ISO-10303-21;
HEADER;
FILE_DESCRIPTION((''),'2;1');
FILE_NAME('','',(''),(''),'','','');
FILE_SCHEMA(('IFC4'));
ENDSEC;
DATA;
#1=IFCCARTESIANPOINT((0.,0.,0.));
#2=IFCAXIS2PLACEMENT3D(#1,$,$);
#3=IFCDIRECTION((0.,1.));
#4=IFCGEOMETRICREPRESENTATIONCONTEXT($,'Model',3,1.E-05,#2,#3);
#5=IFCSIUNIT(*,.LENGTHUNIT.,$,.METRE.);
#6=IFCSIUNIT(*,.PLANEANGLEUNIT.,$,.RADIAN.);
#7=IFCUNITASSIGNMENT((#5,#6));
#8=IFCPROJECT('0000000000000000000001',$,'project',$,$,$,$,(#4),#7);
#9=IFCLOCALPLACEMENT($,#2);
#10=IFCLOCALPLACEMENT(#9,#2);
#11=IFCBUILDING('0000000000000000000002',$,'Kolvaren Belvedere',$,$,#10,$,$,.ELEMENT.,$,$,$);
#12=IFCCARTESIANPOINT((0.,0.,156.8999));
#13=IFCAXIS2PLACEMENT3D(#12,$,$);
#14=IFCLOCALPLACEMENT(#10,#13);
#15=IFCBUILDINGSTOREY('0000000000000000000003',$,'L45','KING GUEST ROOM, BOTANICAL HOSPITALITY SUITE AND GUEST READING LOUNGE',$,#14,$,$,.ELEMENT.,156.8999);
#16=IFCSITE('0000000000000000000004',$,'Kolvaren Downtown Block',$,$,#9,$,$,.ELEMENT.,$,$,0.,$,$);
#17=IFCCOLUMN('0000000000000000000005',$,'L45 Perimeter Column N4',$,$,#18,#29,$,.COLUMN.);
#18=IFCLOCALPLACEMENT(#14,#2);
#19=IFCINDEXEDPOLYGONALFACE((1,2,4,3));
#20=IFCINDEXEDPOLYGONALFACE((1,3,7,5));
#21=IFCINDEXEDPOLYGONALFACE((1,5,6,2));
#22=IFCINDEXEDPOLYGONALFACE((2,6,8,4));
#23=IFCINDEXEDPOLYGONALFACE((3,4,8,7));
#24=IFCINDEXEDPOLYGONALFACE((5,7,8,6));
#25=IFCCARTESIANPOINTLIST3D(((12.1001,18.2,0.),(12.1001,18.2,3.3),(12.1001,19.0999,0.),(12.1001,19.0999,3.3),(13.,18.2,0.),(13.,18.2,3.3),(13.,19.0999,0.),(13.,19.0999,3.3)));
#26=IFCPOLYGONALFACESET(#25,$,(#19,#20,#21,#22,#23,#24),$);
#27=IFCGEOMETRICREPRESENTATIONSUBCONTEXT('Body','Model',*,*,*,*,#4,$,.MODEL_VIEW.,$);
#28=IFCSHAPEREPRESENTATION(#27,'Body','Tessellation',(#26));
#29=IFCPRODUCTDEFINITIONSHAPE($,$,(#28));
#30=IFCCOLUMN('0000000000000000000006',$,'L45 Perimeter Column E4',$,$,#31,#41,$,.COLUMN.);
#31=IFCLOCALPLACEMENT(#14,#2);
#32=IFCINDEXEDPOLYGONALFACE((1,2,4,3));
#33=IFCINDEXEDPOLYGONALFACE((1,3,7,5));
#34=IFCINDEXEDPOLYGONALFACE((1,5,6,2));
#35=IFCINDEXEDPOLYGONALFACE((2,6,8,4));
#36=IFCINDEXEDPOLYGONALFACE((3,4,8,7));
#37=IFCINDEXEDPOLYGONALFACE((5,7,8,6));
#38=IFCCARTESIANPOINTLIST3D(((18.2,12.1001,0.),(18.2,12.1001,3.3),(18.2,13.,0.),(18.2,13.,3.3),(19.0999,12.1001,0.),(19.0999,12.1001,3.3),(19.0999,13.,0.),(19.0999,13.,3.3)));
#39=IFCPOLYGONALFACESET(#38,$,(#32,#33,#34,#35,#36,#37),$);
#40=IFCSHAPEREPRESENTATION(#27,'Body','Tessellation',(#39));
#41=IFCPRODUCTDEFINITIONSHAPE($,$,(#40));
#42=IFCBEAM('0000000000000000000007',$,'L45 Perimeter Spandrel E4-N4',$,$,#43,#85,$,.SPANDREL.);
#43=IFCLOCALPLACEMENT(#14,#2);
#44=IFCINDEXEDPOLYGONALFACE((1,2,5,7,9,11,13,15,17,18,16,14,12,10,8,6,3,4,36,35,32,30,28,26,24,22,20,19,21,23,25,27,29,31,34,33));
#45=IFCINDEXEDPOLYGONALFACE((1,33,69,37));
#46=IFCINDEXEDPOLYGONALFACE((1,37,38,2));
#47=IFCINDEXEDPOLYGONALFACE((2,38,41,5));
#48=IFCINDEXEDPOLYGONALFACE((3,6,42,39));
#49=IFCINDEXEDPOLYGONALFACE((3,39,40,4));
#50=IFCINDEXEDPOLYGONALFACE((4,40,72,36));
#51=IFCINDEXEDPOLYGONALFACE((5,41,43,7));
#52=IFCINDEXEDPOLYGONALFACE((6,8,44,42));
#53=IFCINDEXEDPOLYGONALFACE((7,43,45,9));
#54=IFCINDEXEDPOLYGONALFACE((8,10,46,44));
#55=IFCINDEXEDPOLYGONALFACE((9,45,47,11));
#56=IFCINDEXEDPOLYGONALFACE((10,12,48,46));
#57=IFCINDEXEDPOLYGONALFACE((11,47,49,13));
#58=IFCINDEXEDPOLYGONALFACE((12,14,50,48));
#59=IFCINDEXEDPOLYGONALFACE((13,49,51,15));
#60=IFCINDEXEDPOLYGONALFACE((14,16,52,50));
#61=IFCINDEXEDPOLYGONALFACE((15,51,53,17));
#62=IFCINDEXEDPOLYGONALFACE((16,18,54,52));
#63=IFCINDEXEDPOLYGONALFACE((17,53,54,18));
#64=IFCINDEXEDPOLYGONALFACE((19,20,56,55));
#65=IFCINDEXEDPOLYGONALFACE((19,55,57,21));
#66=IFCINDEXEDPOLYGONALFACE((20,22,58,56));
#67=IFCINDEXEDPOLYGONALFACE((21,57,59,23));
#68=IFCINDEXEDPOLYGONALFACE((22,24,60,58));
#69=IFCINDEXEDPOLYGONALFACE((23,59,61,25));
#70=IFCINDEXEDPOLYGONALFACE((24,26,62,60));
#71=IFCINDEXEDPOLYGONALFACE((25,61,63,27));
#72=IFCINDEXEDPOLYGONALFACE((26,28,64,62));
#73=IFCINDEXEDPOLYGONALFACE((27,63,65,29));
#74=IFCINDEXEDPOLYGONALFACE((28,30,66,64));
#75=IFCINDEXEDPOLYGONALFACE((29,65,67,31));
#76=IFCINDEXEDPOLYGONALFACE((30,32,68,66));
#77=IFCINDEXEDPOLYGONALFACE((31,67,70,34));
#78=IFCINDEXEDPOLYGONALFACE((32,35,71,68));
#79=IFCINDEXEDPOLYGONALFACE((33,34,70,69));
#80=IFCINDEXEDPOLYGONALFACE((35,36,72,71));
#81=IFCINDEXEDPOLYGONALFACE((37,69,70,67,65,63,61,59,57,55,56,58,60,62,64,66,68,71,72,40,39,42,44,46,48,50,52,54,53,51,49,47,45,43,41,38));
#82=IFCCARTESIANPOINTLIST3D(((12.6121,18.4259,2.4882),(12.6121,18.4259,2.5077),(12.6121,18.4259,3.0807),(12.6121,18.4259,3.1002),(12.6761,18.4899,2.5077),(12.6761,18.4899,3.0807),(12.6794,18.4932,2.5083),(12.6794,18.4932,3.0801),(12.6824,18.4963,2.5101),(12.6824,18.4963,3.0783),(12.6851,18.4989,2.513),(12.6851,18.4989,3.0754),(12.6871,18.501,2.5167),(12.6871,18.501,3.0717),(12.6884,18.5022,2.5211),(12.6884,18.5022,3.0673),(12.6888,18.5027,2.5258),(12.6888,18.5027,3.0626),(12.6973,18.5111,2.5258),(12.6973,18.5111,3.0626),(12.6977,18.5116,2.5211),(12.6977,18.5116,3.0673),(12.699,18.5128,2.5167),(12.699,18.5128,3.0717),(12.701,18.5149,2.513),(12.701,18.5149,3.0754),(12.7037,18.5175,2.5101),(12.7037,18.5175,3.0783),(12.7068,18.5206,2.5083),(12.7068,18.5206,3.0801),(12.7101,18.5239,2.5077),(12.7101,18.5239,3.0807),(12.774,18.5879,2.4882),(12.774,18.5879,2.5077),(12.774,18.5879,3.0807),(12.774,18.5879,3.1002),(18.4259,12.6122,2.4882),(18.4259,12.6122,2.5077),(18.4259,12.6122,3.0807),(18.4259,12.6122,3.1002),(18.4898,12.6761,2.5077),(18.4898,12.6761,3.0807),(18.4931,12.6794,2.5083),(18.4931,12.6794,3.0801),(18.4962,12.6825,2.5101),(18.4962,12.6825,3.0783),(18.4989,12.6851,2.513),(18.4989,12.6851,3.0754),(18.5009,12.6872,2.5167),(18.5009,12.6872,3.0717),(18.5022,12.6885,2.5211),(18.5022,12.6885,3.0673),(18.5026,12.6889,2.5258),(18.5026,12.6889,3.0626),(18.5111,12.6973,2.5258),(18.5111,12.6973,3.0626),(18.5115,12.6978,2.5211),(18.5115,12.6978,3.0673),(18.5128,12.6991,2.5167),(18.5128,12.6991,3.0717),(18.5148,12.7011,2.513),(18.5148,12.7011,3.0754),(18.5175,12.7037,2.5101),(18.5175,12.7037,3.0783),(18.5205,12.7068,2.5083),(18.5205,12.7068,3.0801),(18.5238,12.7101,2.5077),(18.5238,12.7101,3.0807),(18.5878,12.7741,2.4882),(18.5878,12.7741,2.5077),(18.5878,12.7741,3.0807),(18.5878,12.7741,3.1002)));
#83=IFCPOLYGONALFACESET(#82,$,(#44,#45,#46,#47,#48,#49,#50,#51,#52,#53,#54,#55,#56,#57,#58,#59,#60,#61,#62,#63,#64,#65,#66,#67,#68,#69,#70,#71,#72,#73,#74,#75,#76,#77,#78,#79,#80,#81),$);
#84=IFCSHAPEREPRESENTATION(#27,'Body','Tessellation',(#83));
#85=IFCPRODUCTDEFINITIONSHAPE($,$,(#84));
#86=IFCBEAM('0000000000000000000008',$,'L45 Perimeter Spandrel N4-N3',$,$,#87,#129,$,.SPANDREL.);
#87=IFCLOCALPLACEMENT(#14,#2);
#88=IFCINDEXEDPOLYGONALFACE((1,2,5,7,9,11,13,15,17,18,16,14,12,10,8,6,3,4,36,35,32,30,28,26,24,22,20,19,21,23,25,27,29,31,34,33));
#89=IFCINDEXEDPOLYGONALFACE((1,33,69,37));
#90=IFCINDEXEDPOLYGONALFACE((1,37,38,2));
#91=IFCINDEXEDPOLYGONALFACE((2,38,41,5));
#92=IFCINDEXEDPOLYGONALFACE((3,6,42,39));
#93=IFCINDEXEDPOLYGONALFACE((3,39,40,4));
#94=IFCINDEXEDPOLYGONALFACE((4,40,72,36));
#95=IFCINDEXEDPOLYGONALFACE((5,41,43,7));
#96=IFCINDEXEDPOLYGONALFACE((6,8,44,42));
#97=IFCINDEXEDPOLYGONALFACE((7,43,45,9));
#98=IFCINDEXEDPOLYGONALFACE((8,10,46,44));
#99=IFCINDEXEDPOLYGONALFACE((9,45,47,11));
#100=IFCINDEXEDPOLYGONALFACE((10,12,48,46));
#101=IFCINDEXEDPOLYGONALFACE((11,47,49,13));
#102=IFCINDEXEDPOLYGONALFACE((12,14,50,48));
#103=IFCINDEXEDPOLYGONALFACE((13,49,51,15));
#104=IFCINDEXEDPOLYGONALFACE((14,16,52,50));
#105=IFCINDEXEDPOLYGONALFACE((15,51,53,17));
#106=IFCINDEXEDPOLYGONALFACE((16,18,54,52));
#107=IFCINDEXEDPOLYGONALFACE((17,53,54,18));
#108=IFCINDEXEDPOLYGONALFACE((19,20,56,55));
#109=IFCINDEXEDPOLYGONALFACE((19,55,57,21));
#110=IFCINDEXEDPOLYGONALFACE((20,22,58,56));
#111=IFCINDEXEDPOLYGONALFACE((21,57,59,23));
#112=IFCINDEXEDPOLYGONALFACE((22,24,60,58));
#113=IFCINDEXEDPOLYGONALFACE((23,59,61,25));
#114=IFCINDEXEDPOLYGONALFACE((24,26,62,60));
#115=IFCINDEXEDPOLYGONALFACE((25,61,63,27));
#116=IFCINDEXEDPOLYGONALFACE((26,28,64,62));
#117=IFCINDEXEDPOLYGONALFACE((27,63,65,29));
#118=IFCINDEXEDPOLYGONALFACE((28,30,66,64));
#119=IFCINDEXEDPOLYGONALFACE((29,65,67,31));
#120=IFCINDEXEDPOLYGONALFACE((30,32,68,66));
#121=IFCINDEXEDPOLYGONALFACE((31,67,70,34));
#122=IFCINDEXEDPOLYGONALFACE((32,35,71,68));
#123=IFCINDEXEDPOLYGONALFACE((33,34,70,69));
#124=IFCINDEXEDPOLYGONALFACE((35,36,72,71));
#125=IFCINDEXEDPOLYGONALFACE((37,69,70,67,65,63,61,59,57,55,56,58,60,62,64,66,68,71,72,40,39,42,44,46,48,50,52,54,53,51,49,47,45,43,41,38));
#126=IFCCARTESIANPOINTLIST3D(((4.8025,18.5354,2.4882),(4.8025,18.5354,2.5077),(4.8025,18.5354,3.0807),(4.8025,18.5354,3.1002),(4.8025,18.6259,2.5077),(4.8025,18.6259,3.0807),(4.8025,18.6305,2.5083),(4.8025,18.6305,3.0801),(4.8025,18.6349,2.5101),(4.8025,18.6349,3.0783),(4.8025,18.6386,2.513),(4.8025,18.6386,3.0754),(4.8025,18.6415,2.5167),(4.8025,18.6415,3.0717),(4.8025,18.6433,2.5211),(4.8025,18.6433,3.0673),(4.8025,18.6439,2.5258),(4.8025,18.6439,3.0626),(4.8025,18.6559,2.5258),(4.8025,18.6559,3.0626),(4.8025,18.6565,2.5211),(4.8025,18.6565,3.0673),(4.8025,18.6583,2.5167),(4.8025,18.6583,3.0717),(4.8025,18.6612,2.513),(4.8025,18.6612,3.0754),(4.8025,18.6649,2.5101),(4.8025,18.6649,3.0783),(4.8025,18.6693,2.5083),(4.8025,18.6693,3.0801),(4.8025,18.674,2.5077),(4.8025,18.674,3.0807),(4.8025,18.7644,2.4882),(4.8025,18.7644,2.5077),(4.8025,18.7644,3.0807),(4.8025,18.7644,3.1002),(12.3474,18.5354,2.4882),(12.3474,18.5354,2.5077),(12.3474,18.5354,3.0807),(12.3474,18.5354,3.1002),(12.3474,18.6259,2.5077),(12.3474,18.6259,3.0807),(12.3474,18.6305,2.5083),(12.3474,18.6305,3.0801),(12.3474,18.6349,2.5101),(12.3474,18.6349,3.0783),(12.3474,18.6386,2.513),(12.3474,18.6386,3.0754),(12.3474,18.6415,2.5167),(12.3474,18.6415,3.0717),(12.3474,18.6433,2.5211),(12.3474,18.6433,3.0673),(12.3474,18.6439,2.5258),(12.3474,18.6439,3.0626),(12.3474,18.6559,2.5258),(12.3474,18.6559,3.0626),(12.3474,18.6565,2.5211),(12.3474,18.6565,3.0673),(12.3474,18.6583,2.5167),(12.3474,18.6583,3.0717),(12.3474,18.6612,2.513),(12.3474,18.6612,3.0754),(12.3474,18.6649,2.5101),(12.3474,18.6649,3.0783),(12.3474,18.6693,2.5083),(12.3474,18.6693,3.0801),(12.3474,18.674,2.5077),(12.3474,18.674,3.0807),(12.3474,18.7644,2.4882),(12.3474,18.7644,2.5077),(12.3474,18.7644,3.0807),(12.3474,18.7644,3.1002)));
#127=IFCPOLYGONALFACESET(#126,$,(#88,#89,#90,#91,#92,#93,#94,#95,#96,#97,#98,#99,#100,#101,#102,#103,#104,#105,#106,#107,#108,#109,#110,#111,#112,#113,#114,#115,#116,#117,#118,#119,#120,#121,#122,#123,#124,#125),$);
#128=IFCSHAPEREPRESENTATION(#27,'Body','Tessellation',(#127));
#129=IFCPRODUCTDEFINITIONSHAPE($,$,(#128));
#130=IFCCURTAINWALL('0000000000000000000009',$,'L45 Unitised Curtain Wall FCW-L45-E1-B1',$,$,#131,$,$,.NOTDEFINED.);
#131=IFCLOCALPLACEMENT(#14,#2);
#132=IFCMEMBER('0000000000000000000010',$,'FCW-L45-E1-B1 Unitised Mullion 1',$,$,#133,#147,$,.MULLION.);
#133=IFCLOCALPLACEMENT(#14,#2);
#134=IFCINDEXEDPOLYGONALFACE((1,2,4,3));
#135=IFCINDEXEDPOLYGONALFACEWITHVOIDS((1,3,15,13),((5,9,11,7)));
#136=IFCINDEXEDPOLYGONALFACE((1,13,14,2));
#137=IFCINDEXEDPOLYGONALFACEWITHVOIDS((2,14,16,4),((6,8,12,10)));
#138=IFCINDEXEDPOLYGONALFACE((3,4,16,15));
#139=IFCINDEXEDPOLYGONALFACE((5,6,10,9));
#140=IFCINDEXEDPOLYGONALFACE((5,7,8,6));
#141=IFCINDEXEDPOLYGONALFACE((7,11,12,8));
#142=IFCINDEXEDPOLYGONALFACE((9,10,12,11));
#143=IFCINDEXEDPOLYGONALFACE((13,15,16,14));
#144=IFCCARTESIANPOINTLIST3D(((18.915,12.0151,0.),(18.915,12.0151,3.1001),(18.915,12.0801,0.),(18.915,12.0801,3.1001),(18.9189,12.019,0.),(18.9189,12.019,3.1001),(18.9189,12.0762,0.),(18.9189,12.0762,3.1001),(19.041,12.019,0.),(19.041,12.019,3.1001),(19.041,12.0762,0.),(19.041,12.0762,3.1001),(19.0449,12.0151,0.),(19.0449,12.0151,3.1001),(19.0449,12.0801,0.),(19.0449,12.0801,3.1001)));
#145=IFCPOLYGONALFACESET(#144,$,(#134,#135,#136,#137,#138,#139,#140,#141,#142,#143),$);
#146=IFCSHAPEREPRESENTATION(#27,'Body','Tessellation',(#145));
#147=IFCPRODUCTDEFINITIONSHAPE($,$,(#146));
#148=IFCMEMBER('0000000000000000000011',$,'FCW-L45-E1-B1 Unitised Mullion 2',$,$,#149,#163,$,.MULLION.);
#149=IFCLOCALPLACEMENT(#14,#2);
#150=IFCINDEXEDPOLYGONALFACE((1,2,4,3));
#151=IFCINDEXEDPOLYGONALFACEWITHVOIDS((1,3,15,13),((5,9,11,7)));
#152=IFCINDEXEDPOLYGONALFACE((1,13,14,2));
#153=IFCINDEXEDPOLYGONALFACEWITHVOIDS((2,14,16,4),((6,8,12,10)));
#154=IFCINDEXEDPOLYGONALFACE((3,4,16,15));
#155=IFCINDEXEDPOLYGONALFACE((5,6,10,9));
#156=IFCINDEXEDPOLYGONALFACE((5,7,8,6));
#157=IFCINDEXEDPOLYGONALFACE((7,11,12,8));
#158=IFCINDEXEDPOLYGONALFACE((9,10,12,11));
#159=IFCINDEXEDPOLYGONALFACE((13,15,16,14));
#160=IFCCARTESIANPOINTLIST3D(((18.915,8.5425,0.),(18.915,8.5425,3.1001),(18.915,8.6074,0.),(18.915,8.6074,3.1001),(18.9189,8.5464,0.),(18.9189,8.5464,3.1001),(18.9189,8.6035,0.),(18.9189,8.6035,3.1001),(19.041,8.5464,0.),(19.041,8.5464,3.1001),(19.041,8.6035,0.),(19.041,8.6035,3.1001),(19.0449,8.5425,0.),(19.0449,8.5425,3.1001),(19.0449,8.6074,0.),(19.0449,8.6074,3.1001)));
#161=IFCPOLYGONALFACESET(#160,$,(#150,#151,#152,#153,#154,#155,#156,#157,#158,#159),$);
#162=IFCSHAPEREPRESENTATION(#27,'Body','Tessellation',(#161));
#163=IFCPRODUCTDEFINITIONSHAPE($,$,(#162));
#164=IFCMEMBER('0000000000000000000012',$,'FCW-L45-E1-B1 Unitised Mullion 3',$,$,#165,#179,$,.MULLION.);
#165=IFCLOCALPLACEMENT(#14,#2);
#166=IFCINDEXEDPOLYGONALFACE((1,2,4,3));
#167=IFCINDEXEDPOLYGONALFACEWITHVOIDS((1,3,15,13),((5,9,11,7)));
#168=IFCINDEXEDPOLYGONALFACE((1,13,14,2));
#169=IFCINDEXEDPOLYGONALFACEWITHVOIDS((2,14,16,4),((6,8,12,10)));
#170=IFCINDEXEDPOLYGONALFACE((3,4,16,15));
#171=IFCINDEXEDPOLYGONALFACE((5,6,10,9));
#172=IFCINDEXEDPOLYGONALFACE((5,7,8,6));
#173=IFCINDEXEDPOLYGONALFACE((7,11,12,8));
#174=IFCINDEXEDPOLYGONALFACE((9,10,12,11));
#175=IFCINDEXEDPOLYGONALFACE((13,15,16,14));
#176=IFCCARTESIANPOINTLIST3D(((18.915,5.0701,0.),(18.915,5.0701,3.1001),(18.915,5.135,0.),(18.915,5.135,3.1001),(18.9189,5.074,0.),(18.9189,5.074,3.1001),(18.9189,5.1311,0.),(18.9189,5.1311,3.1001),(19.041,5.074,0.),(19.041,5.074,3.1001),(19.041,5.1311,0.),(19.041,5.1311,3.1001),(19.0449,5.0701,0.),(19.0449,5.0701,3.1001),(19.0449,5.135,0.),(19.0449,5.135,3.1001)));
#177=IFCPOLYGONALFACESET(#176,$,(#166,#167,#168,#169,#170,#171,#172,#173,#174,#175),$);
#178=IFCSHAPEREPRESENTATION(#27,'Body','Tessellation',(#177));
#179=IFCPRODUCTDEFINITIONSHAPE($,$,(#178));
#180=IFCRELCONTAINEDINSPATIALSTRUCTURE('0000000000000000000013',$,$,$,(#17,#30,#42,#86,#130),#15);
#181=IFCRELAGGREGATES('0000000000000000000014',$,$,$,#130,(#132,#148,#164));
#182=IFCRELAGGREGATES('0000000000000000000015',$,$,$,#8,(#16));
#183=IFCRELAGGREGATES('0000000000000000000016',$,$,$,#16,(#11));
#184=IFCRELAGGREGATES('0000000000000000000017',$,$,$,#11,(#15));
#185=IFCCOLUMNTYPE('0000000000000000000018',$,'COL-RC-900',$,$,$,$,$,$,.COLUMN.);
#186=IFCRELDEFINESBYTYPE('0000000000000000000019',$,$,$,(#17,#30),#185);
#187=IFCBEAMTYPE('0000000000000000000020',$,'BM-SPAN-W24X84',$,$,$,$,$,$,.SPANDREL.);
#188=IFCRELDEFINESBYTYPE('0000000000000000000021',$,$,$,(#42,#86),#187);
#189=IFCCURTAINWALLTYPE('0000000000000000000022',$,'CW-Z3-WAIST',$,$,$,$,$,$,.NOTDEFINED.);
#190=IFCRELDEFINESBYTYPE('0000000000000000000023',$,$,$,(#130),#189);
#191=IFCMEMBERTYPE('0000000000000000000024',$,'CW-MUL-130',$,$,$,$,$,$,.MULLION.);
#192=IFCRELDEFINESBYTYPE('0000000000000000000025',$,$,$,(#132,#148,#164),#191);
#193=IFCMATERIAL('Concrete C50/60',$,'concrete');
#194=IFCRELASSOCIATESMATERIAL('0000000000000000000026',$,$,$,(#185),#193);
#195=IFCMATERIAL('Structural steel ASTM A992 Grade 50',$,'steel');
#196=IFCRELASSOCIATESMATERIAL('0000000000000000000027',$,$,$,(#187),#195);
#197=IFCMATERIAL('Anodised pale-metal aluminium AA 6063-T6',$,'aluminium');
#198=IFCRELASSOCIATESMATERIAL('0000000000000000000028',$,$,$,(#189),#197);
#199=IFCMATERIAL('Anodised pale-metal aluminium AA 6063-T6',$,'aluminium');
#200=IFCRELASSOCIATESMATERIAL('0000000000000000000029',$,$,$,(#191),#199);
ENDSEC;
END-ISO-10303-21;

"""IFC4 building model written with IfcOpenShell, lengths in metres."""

from ifc_helpers import new_model, si_unit, direction, frame, origin, origin_2d, place, context, subcontext, project, spatial, rectangle, hollow_rectangle, i_section, extrude, material, material_profile, profile_set, type_object, element, aggregate, save


model = new_model("IFC4")

# Units and contexts
model_context = context("Model", 3, precision=1e-05, world=origin(), true_north=direction((0.0, 1.0)))
body_context = subcontext(model_context, "Body", "Model", "MODEL_VIEW")
ifc_project = project(units=[si_unit("LENGTHUNIT", "METRE"), si_unit("PLANEANGLEUNIT", "RADIAN")], contexts=[model_context])

# Site, building, storey
site_placement = place(None, origin())
site = spatial("IfcSite", under=ifc_project, at=site_placement, Name="Kolvaren Downtown Block", CompositionType="ELEMENT", RefElevation=0.0)
building_placement = place(site_placement, origin())
building = spatial("IfcBuilding", under=site, at=building_placement, Name="Kolvaren Belvedere", CompositionType="ELEMENT")
storey_placement = place(building_placement, frame((0.0, 0.0, 156.8999)))
storey = spatial("IfcBuildingStorey", under=building, at=storey_placement, Name="L45", Description="KING GUEST ROOM, BOTANICAL HOSPITALITY SUITE AND GUEST READING LOUNGE", CompositionType="ELEMENT", Elevation=156.8999)

# Columns
ifc_material_1 = material(Name="Concrete C50/60", Category="concrete")
ifc_material_profile_1 = material_profile(ifc_material_1, rectangle(XDim=0.8999, YDim=0.8999, at=origin_2d()), Name="RC 900X900")
ifc_profile_set_1 = profile_set([ifc_material_profile_1], Name="Concrete C50/60")
column_type = type_object("IfcColumnType", Name="COL-RC-900", PredefinedType="COLUMN", material=ifc_profile_set_1)
for number, where, z_axis, x_axis, name in (
    (1, (12.55, 18.6499, 0.0), (0.0, 0.0, 1.0), (1.0, 0.0, 0.0), "L45 Perimeter Column N4"),
    (2, (18.6499, 12.55, 0.0), (0.0, 0.0, 1.0), (1.0, 0.0, 0.0), "L45 Perimeter Column E4"),
):
    element("IfcColumn", number, at=place(storey_placement, frame(where, z_axis=z_axis, x_axis=x_axis)), inside=storey, type_object=column_type, Name=name, PredefinedType="COLUMN", context=body_context, shape_type="SweptSolid", body=[
        extrude(rectangle(XDim=0.8999, YDim=0.8999, at=origin_2d()), origin(), (0.0, 0.0, 1.0), 3.3),
    ])

# Beams
ifc_material_2 = material(Name="Structural steel ASTM A992 Grade 50", Category="steel")
ifc_material_profile_2 = material_profile(ifc_material_2, i_section(OverallWidth=0.229, OverallDepth=0.6121, WebThickness=0.012, FlangeThickness=0.0195, FilletRadius=0.0181, at=origin_2d()), Name="W24X84")
ifc_profile_set_2 = profile_set([ifc_material_profile_2], Name="Structural steel ASTM A992 Grade 50")
beam_type = type_object("IfcBeamType", Name="BM-SPAN-W24X84", PredefinedType="SPANDREL", material=ifc_profile_set_2)
beam_1_placement = place(storey_placement, frame((18.5068, 12.6931, 2.7942), z_axis=(-0.707107, 0.707107, 0.0), x_axis=(-0.707107, -0.707107, 0.0)))
element("IfcBeam", 3, at=beam_1_placement, inside=storey, type_object=beam_type, Name="L45 Perimeter Spandrel E4-N4", PredefinedType="SPANDREL", context=body_context, shape_type="SweptSolid", body=[
    extrude(i_section(OverallWidth=0.229, OverallDepth=0.6121, WebThickness=0.012, FlangeThickness=0.0195, FilletRadius=0.0181, at=origin_2d()), origin(), (0.0, 0.0, 1.0), 8.2219),
])
beam_2_placement = place(storey_placement, frame((12.3474, 18.6499, 2.7942), z_axis=(-1.0, 0.0, 0.0), x_axis=(0.0, -1.0, 0.0)))
element("IfcBeam", 4, at=beam_2_placement, inside=storey, type_object=beam_type, Name="L45 Perimeter Spandrel N4-N3", PredefinedType="SPANDREL", context=body_context, shape_type="SweptSolid", body=[
    extrude(i_section(OverallWidth=0.229, OverallDepth=0.6121, WebThickness=0.012, FlangeThickness=0.0195, FilletRadius=0.0181, at=origin_2d()), origin(), (0.0, 0.0, 1.0), 7.5449),
])

# Curtain wall, members
ifc_material_3 = material(Name="Anodised pale-metal aluminium AA 6063-T6", Category="aluminium")
curtain_wall_type = type_object("IfcCurtainWallType", Name="CW-Z3-WAIST", PredefinedType="NOTDEFINED", material=ifc_material_3)
curtain_wall_placement = place(storey_placement, origin())
curtain_wall = element("IfcCurtainWall", 5, at=curtain_wall_placement, inside=storey, type_object=curtain_wall_type, Name="L45 Unitised Curtain Wall FCW-L45-E1-B1", PredefinedType="NOTDEFINED")
ifc_material_4 = material(Name="Anodised pale-metal aluminium AA 6063-T6", Category="aluminium")
ifc_material_profile_3 = material_profile(ifc_material_4, hollow_rectangle(XDim=0.0649, YDim=0.1299, WallThickness=0.0039, at=origin_2d()), Name="ALU-MUL-130X65")
ifc_profile_set_3 = profile_set([ifc_material_profile_3], Name="Anodised pale-metal aluminium AA 6063-T6")
member_type_1 = type_object("IfcMemberType", Name="CW-MUL-130", PredefinedType="MULLION", material=ifc_profile_set_3)
member_1_placement = place(storey_placement, frame((18.98, 12.0476, 0.0), z_axis=(0.0, 0.0, 1.0), x_axis=(0.0, 1.0, 0.0)))
member_1 = element("IfcMember", 6, at=member_1_placement, type_object=member_type_1, Name="FCW-L45-E1-B1 Unitised Mullion 1", PredefinedType="MULLION", context=body_context, shape_type="SweptSolid", body=[
    extrude(hollow_rectangle(XDim=0.0649, YDim=0.1299, WallThickness=0.0039, at=origin_2d()), origin(), (0.0, 0.0, 1.0), 3.1001),
])
member_2_placement = place(storey_placement, frame((18.98, 8.575, 0.0), z_axis=(0.0, 0.0, 1.0), x_axis=(0.0, 1.0, 0.0)))
member_2 = element("IfcMember", 7, at=member_2_placement, type_object=member_type_1, Name="FCW-L45-E1-B1 Unitised Mullion 2", PredefinedType="MULLION", context=body_context, shape_type="SweptSolid", body=[
    extrude(hollow_rectangle(XDim=0.0649, YDim=0.1299, WallThickness=0.0039, at=origin_2d()), origin(), (0.0, 0.0, 1.0), 3.1001),
])
member_3_placement = place(storey_placement, frame((18.98, 5.1025, 0.0), z_axis=(0.0, 0.0, 1.0), x_axis=(0.0, 1.0, 0.0)))
member_3 = element("IfcMember", 8, at=member_3_placement, type_object=member_type_1, Name="FCW-L45-E1-B1 Unitised Mullion 3", PredefinedType="MULLION", context=body_context, shape_type="SweptSolid", body=[
    extrude(hollow_rectangle(XDim=0.0649, YDim=0.1299, WallThickness=0.0039, at=origin_2d()), origin(), (0.0, 0.0, 1.0), 3.1001),
])
aggregate(curtain_wall, [member_1, member_2, member_3])

save(model, "model.ifc")
